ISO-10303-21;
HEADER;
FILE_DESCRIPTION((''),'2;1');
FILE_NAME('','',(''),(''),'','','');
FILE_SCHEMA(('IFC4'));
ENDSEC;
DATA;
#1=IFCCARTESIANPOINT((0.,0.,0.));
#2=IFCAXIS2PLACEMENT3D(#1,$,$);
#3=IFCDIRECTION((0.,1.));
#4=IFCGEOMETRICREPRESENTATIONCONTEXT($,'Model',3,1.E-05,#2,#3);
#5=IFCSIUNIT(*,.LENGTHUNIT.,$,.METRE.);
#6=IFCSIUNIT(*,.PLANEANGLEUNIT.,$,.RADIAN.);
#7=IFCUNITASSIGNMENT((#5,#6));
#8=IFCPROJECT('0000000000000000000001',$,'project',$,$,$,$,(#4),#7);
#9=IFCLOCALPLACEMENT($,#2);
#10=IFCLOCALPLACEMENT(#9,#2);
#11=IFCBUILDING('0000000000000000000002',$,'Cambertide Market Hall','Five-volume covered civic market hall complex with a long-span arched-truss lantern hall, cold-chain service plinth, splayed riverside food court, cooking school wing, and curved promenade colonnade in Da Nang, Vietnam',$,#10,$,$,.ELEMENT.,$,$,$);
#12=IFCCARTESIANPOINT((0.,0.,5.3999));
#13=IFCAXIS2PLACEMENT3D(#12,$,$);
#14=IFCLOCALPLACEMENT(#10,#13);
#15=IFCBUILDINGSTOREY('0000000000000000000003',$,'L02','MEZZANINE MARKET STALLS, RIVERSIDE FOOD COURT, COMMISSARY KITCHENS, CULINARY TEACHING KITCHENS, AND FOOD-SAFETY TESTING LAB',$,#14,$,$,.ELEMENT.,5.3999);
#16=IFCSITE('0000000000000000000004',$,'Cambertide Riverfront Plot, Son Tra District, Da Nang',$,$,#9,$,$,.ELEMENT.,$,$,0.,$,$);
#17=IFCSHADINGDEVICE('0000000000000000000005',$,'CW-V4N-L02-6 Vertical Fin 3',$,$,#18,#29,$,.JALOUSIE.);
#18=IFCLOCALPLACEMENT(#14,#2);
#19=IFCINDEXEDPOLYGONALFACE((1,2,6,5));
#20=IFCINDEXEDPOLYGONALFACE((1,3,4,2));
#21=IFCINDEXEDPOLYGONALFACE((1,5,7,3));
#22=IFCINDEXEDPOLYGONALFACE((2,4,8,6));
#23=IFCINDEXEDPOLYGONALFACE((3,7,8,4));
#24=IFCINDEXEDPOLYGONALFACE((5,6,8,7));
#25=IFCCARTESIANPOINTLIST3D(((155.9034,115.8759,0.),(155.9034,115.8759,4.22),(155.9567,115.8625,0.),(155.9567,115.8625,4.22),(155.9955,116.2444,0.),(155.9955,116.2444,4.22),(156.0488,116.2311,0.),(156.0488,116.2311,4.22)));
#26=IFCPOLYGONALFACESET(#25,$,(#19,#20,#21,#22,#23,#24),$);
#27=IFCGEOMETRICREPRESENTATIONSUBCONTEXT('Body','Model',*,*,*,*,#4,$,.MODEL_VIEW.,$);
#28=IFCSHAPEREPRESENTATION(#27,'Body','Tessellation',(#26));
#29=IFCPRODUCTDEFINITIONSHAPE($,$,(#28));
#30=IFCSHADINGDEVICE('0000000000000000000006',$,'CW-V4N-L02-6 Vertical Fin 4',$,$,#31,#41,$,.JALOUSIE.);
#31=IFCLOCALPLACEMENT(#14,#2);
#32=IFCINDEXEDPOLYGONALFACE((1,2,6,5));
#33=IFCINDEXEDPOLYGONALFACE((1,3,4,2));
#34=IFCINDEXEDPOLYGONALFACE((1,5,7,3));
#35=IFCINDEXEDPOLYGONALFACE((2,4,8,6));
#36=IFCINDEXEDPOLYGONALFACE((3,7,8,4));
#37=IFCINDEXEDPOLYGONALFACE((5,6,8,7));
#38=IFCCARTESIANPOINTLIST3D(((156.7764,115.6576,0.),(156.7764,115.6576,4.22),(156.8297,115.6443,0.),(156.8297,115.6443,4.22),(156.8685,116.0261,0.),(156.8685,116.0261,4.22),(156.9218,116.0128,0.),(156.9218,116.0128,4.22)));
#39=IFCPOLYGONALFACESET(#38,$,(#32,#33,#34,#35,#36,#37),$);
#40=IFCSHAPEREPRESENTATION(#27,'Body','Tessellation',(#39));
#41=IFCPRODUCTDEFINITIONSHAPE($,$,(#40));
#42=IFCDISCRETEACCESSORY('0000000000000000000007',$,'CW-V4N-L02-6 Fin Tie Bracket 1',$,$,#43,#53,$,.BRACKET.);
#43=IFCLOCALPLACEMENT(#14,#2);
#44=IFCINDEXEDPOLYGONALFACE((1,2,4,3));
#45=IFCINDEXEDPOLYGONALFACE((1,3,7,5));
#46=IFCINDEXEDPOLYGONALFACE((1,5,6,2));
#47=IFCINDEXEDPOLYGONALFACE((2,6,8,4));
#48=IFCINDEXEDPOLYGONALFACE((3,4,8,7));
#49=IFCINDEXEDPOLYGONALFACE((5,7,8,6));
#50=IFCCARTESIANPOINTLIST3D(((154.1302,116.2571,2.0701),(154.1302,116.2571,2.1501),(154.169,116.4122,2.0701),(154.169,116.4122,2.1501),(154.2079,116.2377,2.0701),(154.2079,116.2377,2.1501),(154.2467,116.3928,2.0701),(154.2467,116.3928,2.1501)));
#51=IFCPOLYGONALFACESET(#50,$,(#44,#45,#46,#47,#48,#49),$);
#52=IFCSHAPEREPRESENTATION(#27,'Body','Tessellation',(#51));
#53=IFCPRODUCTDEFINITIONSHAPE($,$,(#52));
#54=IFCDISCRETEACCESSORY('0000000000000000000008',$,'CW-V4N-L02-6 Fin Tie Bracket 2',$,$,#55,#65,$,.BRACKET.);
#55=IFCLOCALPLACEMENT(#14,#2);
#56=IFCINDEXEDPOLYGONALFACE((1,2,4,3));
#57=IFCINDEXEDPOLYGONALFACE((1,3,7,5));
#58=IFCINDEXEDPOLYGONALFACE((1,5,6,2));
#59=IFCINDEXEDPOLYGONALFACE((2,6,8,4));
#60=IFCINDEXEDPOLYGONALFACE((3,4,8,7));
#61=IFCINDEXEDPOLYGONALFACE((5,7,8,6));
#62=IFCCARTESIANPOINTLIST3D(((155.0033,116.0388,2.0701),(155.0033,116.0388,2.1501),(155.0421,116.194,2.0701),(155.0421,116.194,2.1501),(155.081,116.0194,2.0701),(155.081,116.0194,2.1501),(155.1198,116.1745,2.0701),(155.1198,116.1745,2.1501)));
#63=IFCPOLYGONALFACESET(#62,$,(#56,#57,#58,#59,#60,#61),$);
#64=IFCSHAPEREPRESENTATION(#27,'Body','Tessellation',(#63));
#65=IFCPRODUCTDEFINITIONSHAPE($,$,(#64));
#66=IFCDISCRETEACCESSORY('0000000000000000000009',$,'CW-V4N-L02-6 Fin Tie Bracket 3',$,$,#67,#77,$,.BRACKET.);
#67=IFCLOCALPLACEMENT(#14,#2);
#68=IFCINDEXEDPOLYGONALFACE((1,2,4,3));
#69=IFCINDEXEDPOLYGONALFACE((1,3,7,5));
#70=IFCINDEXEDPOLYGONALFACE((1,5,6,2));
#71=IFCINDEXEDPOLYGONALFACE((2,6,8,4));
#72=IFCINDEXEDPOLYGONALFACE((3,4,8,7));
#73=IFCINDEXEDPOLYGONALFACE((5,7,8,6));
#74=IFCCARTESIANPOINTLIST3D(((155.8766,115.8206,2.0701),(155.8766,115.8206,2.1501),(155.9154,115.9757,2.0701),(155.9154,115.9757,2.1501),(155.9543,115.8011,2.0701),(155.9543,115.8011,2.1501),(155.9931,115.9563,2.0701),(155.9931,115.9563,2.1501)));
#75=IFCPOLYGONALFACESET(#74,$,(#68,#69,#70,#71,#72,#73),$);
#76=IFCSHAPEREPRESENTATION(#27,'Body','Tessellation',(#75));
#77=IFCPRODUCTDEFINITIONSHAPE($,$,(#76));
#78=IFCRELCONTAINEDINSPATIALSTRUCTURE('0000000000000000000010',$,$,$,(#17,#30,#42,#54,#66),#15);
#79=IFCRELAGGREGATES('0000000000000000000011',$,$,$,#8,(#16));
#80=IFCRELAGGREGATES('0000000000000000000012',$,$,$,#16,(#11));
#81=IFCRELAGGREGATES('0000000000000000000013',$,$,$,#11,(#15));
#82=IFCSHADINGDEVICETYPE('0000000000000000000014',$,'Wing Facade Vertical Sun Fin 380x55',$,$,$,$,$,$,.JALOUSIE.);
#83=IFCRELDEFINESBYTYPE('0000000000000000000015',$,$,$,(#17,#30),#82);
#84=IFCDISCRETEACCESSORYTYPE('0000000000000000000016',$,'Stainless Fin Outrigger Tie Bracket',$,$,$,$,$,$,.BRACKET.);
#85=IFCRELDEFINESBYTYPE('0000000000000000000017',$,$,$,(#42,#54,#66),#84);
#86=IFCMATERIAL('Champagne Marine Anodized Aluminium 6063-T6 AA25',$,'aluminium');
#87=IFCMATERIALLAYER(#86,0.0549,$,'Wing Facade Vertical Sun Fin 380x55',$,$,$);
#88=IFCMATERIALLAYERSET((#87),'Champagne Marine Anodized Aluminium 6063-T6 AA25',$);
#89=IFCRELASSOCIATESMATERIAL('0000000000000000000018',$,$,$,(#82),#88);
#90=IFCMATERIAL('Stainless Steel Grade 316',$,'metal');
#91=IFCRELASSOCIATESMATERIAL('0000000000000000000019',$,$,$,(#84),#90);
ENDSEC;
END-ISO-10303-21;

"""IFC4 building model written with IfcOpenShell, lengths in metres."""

from ifc_helpers import new_model, si_unit, direction, frame, origin, origin_2d, place, context, subcontext, project, spatial, rectangle, extrude, material, layer, layer_set, type_object, element, save


model = new_model("IFC4")

# Units and contexts
model_context = context("Model", 3, precision=1e-05, world=origin(), true_north=direction((0.0, 1.0)))
body_context = subcontext(model_context, "Body", "Model", "MODEL_VIEW")
ifc_project = project(units=[si_unit("LENGTHUNIT", "METRE"), si_unit("PLANEANGLEUNIT", "RADIAN")], contexts=[model_context])

# Site, building, storey
site_placement = place(None, origin())
site = spatial("IfcSite", under=ifc_project, at=site_placement, Name="Cambertide Riverfront Plot, Son Tra District, Da Nang", CompositionType="ELEMENT", RefElevation=0.0)
building_placement = place(site_placement, origin())
building = spatial("IfcBuilding", under=site, at=building_placement, Name="Cambertide Market Hall", Description="Five-volume covered civic market hall complex with a long-span arched-truss lantern hall, cold-chain service plinth, splayed riverside food court, cooking school wing, and curved promenade colonnade in Da Nang, Vietnam", CompositionType="ELEMENT")
storey_placement = place(building_placement, frame((0.0, 0.0, 5.3999)))
storey = spatial("IfcBuildingStorey", under=building, at=storey_placement, Name="L02", Description="MEZZANINE MARKET STALLS, RIVERSIDE FOOD COURT, COMMISSARY KITCHENS, CULINARY TEACHING KITCHENS, AND FOOD-SAFETY TESTING LAB", CompositionType="ELEMENT", Elevation=5.3999)

# Shading devices
ifc_material_1 = material(Name="Champagne Marine Anodized Aluminium 6063-T6 AA25", Category="aluminium")
ifc_layer_1 = layer(ifc_material_1, 0.0549, Name="Wing Facade Vertical Sun Fin 380x55")
ifc_layer_set_1 = layer_set([ifc_layer_1], Name="Champagne Marine Anodized Aluminium 6063-T6 AA25")
shading_device_type = type_object("IfcShadingDeviceType", Name="Wing Facade Vertical Sun Fin 380x55", PredefinedType="JALOUSIE", material=ifc_layer_set_1)
for number, where, z_axis, x_axis, name in (
    (1, (155.9761, 116.0535, 0.0), (0.0, 0.0, 1.0), (0.970143, -0.242536, 0.0), "CW-V4N-L02-6 Vertical Fin 3"),
    (2, (156.8491, 115.8352, 0.0), (0.0, 0.0, 1.0), (0.970143, -0.242536, 0.0), "CW-V4N-L02-6 Vertical Fin 4"),
):
    element("IfcShadingDevice", number, at=place(storey_placement, frame(where, z_axis=z_axis, x_axis=x_axis)), inside=storey, type_object=shading_device_type, Name=name, PredefinedType="JALOUSIE", context=body_context, shape_type="SweptSolid", body=[
        extrude(rectangle(XDim=0.0549, YDim=0.3799, at=origin_2d()), origin(), (0.0, 0.0, 1.0), 4.22),
    ])

# Discrete accessories
ifc_material_2 = material(Name="Stainless Steel Grade 316", Category="metal")
discrete_accessory_type = type_object("IfcDiscreteAccessoryType", Name="Stainless Fin Outrigger Tie Bracket", PredefinedType="BRACKET", material=ifc_material_2)
for number, where, z_axis, x_axis, name in (
    (3, (154.1885, 116.325, 2.0701), (0.0, 0.0, 1.0), (0.970143, -0.242536, 0.0), "CW-V4N-L02-6 Fin Tie Bracket 1"),
    (4, (155.0615, 116.1067, 2.0701), (0.0, 0.0, 1.0), (0.970143, -0.242536, 0.0), "CW-V4N-L02-6 Fin Tie Bracket 2"),
    (5, (155.9348, 115.8884, 2.0701), (0.0, 0.0, 1.0), (0.970143, -0.242536, 0.0), "CW-V4N-L02-6 Fin Tie Bracket 3"),
):
    element("IfcDiscreteAccessory", number, at=place(storey_placement, frame(where, z_axis=z_axis, x_axis=x_axis)), inside=storey, type_object=discrete_accessory_type, Name=name, PredefinedType="BRACKET", context=body_context, shape_type="SweptSolid", body=[
        extrude(rectangle(XDim=0.0801, YDim=0.1599, at=origin_2d()), origin(), (0.0, 0.0, 1.0), 0.0801),
    ])

save(model, "model.ifc")
